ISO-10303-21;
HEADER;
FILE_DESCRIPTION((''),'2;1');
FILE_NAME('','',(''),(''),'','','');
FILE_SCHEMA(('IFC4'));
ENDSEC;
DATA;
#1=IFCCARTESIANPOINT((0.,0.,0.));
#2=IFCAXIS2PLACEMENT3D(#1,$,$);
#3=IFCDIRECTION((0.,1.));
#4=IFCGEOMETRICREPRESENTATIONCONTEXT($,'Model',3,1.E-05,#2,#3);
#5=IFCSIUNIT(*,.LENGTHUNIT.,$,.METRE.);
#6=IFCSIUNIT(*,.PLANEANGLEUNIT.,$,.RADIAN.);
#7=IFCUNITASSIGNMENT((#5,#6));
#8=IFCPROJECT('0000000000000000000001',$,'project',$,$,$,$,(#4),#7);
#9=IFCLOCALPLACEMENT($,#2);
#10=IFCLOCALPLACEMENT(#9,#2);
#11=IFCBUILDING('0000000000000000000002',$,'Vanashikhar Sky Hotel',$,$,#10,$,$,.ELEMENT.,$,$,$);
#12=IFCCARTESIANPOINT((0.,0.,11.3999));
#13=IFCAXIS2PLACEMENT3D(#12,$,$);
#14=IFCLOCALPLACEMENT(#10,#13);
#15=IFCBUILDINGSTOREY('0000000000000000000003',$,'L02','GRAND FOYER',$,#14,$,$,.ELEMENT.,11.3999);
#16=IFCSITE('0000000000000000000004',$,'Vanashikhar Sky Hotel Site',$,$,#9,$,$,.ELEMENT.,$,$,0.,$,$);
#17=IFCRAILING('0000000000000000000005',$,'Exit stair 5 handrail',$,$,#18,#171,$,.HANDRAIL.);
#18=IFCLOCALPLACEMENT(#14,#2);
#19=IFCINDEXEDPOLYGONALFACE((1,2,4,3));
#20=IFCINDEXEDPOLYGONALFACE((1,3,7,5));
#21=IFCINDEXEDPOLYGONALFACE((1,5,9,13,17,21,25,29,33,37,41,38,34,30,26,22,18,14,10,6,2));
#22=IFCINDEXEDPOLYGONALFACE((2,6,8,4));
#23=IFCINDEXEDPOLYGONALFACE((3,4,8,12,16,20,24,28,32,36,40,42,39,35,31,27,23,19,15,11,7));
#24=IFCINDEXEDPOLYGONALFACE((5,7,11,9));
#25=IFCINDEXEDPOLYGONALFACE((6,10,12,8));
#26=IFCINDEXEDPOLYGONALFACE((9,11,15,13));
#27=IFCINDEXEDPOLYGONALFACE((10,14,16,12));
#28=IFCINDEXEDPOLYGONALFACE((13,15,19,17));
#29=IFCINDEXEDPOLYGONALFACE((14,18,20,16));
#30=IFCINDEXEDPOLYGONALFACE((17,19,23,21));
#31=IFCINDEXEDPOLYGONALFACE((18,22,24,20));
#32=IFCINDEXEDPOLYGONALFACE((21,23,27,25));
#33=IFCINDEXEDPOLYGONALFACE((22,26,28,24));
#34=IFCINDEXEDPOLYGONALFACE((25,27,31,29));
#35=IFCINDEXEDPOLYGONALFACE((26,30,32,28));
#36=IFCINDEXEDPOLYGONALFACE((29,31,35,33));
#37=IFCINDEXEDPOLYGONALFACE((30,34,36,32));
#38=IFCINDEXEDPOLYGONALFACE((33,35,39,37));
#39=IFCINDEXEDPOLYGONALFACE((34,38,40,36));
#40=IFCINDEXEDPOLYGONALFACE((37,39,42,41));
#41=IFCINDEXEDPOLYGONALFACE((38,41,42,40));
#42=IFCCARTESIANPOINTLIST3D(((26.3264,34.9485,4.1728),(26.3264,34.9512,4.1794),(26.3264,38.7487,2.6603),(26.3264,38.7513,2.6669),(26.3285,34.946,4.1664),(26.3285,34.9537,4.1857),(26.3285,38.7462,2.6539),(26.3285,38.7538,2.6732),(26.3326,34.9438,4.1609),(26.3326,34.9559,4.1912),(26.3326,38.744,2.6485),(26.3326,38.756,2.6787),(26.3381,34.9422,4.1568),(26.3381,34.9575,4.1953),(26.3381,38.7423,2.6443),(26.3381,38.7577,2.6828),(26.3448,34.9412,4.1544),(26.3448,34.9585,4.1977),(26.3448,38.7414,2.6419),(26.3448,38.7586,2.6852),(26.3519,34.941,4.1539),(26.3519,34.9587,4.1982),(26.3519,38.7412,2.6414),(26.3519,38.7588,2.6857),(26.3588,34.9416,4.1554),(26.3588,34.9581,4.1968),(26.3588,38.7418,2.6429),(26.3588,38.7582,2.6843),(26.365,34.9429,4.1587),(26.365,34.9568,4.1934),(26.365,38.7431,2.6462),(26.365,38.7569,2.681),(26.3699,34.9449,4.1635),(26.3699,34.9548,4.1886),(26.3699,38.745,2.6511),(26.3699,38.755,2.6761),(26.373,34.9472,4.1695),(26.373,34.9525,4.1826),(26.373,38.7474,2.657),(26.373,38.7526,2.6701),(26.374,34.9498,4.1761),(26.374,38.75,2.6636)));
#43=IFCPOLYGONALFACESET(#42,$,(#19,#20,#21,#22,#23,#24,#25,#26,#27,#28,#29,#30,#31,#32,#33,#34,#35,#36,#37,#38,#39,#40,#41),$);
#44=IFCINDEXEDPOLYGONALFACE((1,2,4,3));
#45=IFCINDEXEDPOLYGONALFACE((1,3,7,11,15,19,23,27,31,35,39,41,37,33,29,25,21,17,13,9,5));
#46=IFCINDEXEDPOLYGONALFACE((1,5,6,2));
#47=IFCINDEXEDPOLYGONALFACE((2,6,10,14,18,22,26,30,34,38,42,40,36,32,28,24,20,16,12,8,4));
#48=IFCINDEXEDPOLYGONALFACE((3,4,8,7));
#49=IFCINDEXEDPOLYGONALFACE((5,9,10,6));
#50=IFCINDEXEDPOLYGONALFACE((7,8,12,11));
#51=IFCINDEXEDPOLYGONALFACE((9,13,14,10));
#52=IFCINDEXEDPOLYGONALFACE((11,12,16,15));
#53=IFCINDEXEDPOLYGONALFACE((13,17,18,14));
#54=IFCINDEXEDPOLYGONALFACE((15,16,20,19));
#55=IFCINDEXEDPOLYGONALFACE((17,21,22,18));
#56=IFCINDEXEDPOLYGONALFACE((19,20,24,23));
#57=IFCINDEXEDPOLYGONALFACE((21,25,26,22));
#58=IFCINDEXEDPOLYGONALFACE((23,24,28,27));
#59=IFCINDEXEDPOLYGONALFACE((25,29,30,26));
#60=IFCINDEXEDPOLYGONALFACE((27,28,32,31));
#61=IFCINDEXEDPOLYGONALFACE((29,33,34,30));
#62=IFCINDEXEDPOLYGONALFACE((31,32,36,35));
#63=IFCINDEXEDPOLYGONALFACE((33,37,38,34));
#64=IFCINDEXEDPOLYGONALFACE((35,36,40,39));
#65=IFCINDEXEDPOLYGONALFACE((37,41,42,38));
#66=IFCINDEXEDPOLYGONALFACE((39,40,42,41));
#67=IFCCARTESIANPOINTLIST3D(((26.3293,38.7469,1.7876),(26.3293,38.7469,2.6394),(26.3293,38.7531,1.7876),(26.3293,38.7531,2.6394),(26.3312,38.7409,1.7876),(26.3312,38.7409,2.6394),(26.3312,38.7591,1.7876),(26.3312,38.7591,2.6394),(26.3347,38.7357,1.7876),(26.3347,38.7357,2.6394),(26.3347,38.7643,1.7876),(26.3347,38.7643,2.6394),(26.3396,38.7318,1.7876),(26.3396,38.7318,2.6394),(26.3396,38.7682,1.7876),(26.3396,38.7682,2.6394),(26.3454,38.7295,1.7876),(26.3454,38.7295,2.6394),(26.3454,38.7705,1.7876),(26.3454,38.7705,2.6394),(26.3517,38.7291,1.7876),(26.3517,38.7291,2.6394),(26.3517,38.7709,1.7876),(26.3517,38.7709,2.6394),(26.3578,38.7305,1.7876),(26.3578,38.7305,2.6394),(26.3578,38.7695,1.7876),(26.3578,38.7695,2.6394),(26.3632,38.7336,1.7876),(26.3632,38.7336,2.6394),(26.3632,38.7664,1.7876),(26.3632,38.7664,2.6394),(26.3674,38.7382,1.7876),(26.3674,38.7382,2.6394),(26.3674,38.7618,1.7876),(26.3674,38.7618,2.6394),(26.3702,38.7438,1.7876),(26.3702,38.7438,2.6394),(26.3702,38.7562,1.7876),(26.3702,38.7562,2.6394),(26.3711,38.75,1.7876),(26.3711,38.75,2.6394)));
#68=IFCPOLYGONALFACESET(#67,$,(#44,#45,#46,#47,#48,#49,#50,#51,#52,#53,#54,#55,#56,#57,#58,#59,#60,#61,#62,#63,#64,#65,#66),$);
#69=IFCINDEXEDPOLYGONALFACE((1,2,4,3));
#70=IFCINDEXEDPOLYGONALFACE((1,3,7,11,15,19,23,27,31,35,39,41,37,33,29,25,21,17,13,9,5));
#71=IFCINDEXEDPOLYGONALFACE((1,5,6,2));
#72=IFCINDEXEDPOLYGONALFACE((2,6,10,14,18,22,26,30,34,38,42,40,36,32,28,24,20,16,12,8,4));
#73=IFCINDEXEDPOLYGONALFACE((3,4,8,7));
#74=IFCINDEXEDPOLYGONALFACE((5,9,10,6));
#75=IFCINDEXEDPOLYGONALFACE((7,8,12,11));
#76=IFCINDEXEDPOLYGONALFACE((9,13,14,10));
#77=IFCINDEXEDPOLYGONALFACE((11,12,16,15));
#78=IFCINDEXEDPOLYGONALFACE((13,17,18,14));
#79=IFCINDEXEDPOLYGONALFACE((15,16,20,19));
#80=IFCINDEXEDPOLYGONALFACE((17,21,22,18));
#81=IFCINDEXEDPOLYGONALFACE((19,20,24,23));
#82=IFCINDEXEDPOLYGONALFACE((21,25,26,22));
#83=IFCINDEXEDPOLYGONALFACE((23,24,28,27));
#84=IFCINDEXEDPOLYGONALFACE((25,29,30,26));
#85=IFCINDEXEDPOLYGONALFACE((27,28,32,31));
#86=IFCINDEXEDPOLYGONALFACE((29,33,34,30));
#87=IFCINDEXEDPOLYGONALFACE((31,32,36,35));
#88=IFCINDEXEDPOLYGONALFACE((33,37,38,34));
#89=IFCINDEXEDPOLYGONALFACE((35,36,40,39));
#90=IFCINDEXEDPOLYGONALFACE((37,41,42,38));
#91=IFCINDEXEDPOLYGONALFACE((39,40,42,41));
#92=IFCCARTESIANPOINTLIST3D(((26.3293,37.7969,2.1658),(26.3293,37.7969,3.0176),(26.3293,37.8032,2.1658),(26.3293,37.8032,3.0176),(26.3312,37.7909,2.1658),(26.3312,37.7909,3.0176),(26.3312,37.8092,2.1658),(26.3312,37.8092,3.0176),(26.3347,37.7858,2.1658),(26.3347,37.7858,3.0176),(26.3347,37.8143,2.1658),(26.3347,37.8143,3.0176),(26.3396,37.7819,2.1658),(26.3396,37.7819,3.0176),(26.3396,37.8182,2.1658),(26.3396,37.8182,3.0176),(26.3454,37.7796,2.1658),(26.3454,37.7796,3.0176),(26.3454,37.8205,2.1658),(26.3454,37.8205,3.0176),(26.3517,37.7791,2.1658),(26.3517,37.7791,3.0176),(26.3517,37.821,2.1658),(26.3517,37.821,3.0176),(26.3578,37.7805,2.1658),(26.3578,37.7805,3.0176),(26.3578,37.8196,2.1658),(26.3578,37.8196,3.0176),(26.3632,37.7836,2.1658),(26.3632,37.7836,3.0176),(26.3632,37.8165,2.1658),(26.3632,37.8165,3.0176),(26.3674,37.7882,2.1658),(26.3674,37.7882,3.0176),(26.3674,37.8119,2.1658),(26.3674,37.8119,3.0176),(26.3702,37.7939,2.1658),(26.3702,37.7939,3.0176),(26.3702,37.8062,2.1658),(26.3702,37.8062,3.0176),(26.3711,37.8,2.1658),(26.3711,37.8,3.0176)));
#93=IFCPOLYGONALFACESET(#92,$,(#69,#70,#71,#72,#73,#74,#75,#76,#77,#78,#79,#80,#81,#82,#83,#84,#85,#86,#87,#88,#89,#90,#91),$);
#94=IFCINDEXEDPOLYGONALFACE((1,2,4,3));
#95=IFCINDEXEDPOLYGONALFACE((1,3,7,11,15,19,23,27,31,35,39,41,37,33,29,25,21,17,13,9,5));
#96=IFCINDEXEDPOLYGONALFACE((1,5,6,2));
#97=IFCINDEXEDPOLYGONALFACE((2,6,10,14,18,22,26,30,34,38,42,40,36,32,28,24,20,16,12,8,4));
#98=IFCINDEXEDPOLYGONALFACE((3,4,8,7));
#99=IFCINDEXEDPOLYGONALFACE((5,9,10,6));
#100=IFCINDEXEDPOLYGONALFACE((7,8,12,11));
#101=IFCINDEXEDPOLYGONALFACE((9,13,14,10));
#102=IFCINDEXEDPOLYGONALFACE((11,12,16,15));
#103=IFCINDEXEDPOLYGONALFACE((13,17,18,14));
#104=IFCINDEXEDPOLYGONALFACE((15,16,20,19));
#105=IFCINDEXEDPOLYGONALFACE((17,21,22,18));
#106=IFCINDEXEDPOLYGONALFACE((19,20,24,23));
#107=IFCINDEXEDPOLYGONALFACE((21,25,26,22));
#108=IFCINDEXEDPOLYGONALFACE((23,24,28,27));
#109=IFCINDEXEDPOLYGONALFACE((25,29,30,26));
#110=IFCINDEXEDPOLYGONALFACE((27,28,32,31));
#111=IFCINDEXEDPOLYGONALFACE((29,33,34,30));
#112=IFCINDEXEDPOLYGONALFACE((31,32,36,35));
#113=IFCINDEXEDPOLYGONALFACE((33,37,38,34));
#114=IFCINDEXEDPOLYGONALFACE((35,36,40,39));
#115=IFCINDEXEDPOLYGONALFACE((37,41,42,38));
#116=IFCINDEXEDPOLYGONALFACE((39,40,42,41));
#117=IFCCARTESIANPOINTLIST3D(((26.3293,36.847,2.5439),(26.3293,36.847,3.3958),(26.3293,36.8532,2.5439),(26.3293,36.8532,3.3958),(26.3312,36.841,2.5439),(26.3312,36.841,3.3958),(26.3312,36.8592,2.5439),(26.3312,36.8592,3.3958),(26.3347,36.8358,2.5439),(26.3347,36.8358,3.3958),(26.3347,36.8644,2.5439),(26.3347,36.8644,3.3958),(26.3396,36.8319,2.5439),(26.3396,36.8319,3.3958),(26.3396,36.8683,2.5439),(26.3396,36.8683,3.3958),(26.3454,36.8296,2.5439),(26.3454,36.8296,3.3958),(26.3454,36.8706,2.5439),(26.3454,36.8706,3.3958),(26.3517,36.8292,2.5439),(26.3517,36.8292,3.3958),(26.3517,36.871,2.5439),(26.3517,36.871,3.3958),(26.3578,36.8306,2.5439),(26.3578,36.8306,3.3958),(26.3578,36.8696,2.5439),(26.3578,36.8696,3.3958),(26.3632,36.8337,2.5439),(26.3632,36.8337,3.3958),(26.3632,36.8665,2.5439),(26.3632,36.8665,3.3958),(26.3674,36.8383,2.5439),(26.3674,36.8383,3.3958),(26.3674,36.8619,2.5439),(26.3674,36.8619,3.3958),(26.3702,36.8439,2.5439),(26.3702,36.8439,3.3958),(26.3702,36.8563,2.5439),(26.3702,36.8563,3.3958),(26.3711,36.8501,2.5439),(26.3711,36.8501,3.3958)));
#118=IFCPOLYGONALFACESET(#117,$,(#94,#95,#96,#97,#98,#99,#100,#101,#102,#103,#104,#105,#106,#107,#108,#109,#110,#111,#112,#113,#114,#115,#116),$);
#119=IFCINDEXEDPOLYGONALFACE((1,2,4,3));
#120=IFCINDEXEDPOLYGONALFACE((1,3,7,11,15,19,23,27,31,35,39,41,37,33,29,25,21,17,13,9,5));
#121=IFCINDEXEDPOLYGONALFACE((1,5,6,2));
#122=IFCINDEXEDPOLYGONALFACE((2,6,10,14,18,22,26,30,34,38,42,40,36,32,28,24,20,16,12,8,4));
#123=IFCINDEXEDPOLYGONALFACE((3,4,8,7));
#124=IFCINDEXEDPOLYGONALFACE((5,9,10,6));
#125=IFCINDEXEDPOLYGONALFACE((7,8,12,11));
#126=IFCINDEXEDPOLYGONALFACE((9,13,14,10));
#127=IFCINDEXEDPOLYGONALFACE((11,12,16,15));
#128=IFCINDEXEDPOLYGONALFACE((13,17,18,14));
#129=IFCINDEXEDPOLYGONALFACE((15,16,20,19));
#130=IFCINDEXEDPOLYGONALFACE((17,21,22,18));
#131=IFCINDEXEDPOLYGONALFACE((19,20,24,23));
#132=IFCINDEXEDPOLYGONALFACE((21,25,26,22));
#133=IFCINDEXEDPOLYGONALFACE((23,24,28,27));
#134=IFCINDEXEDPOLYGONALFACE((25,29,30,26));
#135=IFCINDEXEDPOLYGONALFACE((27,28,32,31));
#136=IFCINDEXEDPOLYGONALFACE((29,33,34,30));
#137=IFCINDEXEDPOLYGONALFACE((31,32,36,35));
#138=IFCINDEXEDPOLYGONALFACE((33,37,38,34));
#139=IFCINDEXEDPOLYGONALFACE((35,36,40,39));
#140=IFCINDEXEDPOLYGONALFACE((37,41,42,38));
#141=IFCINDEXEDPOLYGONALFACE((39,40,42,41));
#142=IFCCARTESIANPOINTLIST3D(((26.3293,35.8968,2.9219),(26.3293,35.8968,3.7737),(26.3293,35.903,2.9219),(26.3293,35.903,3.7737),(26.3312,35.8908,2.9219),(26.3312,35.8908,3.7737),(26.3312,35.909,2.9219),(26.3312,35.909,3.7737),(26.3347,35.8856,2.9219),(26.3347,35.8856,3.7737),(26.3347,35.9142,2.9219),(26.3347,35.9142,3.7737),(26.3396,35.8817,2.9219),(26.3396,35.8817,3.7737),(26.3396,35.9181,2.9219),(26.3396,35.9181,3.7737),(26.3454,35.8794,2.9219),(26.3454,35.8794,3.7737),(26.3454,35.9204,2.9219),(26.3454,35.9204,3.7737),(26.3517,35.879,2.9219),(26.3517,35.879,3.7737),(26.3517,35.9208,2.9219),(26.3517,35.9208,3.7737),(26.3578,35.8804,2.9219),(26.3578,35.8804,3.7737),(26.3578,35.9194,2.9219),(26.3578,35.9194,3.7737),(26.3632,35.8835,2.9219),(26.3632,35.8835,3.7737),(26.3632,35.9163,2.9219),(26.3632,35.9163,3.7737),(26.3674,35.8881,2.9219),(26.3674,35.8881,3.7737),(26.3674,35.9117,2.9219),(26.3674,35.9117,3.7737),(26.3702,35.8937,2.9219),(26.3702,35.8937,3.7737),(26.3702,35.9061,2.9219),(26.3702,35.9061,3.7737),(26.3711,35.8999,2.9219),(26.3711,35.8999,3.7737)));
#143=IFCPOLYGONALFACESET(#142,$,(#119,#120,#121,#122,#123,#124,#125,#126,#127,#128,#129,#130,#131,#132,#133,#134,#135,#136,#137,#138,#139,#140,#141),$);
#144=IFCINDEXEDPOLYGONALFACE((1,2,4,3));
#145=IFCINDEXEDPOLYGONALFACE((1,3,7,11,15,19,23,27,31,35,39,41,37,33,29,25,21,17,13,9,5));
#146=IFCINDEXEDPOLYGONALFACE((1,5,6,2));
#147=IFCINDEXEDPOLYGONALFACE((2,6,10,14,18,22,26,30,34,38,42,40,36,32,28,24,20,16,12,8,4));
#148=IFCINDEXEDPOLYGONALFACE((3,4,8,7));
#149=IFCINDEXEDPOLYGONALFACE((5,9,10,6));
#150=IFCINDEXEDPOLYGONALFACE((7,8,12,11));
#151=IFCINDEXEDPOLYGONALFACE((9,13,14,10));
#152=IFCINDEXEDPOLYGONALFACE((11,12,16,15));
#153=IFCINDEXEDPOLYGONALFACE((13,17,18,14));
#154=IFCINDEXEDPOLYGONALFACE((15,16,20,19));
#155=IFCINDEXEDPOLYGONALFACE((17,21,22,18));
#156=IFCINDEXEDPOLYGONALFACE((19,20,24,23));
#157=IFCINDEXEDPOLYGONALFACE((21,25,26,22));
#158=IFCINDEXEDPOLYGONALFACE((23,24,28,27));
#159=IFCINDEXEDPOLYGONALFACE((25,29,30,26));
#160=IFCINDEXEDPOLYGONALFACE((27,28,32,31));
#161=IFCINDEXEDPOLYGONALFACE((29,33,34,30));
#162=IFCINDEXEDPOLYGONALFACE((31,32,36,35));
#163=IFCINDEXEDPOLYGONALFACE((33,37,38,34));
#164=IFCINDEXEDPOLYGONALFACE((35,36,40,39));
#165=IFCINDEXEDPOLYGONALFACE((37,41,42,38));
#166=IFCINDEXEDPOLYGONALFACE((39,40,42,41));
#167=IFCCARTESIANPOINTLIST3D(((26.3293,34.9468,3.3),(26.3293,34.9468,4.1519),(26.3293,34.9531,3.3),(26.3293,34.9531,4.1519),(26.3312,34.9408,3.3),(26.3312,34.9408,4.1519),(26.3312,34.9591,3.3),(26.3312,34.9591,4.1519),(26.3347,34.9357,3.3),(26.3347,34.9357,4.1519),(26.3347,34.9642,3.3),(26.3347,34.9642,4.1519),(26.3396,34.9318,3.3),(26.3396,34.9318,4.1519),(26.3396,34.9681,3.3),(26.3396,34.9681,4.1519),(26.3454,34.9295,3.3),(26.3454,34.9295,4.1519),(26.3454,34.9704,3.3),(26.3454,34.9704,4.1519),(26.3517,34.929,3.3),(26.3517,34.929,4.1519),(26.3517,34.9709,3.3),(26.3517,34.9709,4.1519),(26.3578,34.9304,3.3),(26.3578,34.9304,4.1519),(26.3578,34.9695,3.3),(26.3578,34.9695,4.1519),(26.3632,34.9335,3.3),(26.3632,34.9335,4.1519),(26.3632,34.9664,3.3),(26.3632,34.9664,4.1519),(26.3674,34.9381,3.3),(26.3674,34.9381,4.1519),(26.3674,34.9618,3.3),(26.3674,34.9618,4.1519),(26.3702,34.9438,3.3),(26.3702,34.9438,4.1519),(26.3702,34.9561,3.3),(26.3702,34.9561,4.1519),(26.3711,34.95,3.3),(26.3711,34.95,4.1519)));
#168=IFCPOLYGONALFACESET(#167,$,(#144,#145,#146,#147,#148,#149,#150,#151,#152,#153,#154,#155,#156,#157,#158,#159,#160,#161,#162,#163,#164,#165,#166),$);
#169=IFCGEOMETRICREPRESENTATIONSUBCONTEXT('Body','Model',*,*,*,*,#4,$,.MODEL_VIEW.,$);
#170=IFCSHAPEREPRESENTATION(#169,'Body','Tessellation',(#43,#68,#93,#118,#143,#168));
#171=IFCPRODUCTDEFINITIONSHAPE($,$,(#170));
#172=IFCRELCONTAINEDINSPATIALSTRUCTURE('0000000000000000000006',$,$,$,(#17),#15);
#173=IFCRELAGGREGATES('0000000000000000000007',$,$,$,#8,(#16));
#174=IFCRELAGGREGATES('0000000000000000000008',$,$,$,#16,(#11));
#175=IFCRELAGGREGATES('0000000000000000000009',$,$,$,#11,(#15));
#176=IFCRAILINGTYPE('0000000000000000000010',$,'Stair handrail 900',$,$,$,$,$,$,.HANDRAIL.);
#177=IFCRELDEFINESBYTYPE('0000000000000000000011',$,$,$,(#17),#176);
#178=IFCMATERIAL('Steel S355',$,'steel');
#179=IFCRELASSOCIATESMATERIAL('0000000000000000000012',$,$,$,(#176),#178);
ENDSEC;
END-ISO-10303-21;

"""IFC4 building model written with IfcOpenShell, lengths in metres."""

from ifc_helpers import new_model, si_unit, direction, frame, origin, origin_2d, place, context, subcontext, project, spatial, circle, extrude, source, transform, mapped, material, type_object, element, save


model = new_model("IFC4")

# Units and contexts
model_context = context("Model", 3, precision=1e-05, world=origin(), true_north=direction((0.0, 1.0)))
body_context = subcontext(model_context, "Body", "Model", "MODEL_VIEW")
ifc_project = project(units=[si_unit("LENGTHUNIT", "METRE"), si_unit("PLANEANGLEUNIT", "RADIAN")], contexts=[model_context])

# Site, building, storey
site_placement = place(None, origin())
site = spatial("IfcSite", under=ifc_project, at=site_placement, Name="Vanashikhar Sky Hotel Site", CompositionType="ELEMENT", RefElevation=0.0)
building_placement = place(site_placement, origin())
building = spatial("IfcBuilding", under=site, at=building_placement, Name="Vanashikhar Sky Hotel", CompositionType="ELEMENT")
storey_placement = place(building_placement, frame((0.0, 0.0, 11.3999)))
storey = spatial("IfcBuildingStorey", under=building, at=storey_placement, Name="L02", Description="GRAND FOYER", CompositionType="ELEMENT", Elevation=11.3999)

# Railing
ifc_material_1 = material(Name="Steel S355", Category="steel")
railing_type = type_object("IfcRailingType", Name="Stair handrail 900", PredefinedType="HANDRAIL", material=ifc_material_1)
shared_shape_1 = source(origin(), body_context, "Body", "SweptSolid", [
    extrude(circle(Radius=0.0239, at=origin_2d()), frame((0.0, 0.0, 0.876), z_axis=(0.0, -0.929113, 0.369795), x_axis=(1.0, 0.0, 0.0)), (0.0, 0.0, 1.0), 4.0901),
    extrude(circle(Radius=0.021, at=origin_2d()), origin(), (0.0, 0.0, 1.0), 0.8518),
    extrude(circle(Radius=0.021, at=origin_2d()), frame((0.0, -0.95, 0.3782)), (0.0, 0.0, 1.0), 0.8518),
    extrude(circle(Radius=0.021, at=origin_2d()), frame((0.0, -1.8999, 0.7563)), (0.0, 0.0, 1.0), 0.8518),
    extrude(circle(Radius=0.021, at=origin_2d()), frame((0.0, -2.8501, 1.1343)), (0.0, 0.0, 1.0), 0.8518),
    extrude(circle(Radius=0.021, at=origin_2d()), frame((0.0, -3.8, 1.5125)), (0.0, 0.0, 1.0), 0.8518),
])
for number, where, name in (
    (1, (26.3501, 38.75, 1.7876), "Exit stair 5 handrail"),
):
    element("IfcRailing", number, at=place(storey_placement, frame(where)), inside=storey, type_object=railing_type, Name=name, PredefinedType="HANDRAIL", context=body_context, shape_type="MappedRepresentation", body=[
        mapped(shared_shape_1, transform((0.0, 0.0, 0.0), scale=1.0)),
    ])

save(model, "model.ifc")
